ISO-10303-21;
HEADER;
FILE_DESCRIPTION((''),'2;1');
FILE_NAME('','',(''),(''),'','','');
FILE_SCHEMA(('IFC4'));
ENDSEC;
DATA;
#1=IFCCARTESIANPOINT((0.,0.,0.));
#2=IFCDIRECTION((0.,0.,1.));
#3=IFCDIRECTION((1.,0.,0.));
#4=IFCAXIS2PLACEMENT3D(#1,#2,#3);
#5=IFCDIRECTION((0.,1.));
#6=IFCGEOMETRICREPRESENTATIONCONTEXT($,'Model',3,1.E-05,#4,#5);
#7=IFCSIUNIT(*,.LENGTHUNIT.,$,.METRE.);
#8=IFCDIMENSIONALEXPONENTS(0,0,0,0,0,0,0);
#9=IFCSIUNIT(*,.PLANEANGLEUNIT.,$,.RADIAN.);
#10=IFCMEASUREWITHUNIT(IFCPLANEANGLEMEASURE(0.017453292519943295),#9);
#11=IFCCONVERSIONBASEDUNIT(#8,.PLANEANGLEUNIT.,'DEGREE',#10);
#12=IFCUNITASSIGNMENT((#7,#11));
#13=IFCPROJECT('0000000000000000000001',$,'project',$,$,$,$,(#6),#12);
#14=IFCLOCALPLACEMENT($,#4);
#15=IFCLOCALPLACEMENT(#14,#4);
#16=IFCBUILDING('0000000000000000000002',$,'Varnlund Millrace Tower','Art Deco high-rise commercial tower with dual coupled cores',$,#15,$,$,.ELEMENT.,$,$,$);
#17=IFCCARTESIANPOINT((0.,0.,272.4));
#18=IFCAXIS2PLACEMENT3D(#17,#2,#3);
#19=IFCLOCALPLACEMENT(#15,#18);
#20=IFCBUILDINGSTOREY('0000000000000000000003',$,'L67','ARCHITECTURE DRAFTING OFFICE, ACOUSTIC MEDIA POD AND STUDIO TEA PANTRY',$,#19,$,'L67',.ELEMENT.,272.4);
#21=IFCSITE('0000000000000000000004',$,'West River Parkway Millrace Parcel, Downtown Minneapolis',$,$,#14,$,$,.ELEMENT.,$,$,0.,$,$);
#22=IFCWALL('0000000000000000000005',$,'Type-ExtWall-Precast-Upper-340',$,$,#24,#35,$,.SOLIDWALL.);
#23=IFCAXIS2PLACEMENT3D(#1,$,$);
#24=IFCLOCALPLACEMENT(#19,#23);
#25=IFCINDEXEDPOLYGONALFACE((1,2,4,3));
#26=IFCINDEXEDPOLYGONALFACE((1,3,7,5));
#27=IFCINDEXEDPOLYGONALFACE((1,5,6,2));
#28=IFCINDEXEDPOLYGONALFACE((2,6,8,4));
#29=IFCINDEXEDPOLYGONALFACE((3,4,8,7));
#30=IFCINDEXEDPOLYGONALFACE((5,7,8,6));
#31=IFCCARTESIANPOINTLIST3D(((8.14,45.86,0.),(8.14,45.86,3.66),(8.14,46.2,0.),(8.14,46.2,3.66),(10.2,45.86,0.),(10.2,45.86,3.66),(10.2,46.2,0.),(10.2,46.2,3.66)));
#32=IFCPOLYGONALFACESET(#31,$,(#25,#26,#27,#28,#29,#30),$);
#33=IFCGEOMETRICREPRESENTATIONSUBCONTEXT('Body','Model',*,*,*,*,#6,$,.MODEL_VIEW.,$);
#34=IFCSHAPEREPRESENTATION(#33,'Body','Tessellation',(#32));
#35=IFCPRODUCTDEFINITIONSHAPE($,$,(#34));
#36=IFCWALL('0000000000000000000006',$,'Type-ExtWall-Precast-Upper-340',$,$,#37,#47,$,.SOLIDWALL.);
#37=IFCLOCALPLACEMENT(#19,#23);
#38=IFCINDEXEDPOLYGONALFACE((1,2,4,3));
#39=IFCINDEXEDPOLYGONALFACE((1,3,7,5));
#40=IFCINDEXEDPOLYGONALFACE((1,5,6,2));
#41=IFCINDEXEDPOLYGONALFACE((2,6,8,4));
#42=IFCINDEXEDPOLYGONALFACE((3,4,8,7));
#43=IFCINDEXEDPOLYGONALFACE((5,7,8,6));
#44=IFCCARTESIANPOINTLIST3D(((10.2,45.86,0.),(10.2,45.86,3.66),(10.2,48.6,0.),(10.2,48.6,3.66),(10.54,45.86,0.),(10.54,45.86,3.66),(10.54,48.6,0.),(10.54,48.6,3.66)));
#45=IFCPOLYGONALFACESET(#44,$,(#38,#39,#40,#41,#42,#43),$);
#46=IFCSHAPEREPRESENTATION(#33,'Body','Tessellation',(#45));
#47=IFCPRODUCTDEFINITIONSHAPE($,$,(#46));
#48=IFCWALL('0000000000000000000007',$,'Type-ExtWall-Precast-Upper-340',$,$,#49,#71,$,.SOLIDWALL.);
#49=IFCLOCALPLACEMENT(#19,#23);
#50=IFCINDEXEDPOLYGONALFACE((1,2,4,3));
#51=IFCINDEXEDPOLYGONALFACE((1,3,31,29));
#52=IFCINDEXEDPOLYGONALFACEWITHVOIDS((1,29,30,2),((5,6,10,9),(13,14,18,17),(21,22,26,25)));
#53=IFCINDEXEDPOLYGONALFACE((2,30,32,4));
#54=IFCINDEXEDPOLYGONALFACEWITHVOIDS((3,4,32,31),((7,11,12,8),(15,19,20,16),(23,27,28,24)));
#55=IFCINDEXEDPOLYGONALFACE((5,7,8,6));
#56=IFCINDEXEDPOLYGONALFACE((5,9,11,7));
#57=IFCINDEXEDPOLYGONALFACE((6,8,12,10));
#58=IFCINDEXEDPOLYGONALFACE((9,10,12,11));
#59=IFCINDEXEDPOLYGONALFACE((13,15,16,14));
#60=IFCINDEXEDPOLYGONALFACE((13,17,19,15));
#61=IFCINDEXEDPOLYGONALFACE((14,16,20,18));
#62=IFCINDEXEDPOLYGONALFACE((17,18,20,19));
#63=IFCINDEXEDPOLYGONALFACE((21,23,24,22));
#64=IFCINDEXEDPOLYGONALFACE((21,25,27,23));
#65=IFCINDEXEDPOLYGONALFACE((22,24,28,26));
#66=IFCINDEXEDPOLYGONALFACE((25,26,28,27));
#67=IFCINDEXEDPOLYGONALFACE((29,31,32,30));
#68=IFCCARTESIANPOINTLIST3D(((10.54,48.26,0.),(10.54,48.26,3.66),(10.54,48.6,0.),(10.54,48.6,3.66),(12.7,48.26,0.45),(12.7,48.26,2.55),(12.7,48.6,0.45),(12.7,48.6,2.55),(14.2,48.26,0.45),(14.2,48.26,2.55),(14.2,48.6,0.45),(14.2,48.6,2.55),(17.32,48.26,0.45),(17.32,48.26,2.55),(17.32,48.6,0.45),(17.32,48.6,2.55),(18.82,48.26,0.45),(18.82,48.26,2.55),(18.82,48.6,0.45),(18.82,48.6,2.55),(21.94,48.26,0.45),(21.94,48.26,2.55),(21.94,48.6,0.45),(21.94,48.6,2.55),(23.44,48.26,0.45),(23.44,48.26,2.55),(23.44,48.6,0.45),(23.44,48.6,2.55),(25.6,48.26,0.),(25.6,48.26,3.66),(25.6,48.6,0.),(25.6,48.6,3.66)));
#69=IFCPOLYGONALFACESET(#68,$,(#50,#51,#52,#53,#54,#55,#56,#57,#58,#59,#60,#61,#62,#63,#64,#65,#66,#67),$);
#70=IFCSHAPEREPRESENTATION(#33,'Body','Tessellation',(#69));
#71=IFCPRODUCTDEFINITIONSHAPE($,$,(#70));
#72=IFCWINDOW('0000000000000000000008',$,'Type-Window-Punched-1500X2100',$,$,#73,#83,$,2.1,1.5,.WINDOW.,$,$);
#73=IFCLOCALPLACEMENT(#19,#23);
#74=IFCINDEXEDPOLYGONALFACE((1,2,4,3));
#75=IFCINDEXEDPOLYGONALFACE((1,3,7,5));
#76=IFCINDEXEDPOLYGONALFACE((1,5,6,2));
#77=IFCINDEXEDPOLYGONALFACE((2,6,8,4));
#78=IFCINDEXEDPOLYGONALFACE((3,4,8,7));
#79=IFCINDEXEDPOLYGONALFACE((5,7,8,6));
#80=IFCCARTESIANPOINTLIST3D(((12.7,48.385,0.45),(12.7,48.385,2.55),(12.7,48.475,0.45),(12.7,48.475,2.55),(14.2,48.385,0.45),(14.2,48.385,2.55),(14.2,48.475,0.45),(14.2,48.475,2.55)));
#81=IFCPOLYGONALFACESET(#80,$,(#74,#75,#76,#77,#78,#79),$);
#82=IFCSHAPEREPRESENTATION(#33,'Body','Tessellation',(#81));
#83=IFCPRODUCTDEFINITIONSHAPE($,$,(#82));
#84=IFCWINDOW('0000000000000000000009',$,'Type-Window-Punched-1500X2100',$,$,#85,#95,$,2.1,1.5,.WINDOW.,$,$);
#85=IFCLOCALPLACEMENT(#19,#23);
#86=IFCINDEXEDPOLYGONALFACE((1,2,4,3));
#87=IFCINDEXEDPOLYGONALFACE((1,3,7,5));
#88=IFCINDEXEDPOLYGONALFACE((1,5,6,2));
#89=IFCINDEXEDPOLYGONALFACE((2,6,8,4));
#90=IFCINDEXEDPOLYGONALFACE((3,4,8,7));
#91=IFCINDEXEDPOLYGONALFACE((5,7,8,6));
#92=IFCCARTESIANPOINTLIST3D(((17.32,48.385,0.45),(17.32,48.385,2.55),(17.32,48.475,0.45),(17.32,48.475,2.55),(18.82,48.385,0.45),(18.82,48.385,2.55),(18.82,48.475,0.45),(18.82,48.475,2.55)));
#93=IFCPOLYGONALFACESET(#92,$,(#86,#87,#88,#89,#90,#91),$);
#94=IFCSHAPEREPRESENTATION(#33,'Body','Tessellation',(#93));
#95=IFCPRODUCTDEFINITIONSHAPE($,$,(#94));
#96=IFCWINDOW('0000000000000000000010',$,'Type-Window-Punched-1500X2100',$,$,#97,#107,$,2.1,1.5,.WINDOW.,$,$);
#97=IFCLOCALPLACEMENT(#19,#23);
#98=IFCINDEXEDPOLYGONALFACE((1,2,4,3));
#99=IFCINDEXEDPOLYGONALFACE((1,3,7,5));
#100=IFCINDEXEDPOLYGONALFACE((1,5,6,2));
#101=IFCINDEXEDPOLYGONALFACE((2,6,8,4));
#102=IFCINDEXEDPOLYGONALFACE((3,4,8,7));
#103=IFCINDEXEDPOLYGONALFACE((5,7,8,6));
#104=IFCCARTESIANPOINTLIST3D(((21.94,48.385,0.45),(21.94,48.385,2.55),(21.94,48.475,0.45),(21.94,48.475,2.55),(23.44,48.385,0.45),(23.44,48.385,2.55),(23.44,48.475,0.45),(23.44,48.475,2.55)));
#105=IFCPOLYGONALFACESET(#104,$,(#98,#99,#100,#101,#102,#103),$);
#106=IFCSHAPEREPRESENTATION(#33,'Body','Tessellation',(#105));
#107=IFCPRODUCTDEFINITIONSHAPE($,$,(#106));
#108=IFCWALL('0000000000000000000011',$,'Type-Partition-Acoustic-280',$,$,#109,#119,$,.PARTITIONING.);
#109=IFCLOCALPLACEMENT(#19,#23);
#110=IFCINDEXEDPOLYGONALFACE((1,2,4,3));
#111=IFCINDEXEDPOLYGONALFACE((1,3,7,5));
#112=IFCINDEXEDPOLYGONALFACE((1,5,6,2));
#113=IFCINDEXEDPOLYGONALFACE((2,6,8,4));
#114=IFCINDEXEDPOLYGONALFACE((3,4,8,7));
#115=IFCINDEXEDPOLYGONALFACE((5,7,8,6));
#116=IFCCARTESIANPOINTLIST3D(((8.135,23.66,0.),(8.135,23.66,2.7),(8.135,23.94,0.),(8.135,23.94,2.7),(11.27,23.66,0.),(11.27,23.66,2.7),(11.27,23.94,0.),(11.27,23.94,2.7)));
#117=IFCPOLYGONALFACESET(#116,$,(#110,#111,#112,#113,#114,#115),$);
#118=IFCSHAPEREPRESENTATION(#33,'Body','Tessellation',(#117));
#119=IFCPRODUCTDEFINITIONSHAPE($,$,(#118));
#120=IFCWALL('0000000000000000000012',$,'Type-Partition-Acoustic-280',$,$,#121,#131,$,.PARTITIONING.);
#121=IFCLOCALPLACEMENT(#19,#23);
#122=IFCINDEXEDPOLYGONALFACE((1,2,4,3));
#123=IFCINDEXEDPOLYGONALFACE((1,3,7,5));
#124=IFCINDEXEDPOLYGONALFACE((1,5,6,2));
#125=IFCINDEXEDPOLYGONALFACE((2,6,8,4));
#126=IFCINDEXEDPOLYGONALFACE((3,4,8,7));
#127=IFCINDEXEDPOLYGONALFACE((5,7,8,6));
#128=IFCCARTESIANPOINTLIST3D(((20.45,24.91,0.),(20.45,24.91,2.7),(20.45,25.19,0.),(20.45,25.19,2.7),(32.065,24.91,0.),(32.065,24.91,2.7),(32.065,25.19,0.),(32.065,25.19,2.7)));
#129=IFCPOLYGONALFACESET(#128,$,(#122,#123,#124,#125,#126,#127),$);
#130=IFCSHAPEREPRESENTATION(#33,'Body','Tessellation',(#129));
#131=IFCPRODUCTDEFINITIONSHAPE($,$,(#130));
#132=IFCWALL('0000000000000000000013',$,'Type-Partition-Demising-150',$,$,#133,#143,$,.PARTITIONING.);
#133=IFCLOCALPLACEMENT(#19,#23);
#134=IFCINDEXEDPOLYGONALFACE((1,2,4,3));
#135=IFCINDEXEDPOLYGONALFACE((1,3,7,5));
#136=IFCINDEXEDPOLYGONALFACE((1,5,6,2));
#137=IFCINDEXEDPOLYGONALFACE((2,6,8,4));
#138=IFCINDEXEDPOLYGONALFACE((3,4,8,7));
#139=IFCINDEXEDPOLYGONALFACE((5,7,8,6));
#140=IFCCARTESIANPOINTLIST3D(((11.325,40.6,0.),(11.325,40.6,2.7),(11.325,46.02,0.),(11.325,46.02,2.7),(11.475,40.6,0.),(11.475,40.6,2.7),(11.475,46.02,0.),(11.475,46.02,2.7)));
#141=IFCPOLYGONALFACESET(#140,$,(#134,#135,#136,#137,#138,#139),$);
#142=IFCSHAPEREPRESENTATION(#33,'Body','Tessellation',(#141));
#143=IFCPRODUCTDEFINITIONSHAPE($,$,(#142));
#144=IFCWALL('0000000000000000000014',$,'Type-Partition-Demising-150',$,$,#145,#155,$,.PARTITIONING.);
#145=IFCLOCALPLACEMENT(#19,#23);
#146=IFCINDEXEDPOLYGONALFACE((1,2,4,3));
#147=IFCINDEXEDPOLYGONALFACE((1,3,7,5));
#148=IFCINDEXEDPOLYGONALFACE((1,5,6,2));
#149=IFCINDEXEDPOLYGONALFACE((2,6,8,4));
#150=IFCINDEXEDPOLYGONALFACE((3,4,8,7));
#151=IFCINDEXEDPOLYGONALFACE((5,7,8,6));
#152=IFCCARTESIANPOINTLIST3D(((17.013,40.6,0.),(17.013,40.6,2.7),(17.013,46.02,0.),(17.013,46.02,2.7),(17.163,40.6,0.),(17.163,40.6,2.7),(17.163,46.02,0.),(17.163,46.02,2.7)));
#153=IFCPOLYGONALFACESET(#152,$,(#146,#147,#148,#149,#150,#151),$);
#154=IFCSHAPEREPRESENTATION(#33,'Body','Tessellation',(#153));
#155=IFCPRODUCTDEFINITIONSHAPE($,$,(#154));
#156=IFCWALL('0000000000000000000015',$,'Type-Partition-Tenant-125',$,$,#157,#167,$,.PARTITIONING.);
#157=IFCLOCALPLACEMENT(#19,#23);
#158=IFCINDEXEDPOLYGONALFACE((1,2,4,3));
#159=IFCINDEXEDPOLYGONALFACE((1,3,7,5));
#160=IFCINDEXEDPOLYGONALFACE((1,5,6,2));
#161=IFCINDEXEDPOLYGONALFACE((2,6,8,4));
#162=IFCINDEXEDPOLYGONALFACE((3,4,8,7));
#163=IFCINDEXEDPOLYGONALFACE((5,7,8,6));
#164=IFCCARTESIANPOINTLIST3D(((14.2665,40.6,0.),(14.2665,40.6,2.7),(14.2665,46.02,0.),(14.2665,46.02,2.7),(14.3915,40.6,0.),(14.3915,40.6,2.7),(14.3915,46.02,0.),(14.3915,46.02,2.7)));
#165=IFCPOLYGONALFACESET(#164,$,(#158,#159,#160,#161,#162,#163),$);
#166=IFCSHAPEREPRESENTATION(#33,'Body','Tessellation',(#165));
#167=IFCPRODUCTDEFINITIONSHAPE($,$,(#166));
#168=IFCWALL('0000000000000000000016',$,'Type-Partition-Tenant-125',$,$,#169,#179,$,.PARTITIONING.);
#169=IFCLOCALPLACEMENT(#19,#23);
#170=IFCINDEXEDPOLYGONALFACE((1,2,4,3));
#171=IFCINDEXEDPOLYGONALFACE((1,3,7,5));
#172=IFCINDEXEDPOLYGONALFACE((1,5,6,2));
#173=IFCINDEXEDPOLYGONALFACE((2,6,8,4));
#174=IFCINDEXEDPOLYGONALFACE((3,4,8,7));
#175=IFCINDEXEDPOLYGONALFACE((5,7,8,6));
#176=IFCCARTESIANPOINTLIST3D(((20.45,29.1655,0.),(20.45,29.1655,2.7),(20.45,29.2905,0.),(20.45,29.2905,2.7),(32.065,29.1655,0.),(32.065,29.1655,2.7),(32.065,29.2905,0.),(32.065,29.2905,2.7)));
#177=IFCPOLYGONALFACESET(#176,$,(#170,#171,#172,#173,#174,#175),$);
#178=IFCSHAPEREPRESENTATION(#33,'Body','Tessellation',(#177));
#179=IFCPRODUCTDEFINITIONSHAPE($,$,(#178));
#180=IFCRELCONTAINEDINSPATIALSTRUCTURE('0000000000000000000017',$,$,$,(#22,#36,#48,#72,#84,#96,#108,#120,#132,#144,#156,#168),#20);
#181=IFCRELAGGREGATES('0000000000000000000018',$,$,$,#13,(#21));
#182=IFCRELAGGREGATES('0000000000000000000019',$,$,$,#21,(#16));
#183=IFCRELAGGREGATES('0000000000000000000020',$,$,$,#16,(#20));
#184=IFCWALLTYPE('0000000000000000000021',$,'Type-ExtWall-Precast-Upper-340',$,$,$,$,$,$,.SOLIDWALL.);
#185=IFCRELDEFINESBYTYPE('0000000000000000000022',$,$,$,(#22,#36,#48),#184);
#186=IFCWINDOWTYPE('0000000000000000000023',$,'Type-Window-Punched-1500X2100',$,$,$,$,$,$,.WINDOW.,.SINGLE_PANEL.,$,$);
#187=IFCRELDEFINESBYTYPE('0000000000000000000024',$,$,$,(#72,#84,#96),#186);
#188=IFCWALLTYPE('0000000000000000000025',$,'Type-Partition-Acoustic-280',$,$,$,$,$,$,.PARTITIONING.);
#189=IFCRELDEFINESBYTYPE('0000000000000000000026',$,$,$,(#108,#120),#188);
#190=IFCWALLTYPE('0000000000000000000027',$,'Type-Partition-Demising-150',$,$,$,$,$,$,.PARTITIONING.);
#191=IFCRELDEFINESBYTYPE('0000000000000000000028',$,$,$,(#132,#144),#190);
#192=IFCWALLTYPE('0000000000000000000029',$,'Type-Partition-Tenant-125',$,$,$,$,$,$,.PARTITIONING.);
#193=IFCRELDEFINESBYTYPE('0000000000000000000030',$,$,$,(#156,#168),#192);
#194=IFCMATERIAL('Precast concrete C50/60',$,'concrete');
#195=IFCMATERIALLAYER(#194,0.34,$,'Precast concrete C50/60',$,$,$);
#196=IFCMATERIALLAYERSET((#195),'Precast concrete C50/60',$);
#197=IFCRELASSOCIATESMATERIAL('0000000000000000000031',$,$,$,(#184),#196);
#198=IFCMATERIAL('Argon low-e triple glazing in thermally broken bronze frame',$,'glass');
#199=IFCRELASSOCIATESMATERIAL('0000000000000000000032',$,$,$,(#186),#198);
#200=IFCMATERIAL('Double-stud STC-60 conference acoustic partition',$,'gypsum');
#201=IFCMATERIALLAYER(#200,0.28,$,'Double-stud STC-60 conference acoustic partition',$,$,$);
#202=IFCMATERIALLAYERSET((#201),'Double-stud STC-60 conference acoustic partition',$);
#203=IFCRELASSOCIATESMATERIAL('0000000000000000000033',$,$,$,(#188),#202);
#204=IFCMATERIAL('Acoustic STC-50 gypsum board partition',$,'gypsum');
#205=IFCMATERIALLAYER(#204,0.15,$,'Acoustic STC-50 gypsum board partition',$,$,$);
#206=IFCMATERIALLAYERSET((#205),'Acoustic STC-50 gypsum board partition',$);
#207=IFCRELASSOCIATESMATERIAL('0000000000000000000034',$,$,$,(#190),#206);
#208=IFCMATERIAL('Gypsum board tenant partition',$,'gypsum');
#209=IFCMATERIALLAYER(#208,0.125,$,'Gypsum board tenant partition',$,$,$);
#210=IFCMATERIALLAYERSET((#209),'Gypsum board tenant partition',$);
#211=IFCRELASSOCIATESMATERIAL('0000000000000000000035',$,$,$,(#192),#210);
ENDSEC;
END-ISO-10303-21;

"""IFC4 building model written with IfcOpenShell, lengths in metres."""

from ifc_helpers import new_model, entity, si_unit, converted_unit, direction, frame, origin_with_axes, origin_2d_with_axis, place, context, subcontext, project, spatial, polyline, rectangle, outline, extrude, material, layer, layer_set, type_object, element, fill, save


model = new_model("IFC4")

# Units and contexts
model_context = context("Model", 3, precision=1e-05, world=origin_with_axes(), true_north=direction((0.0, 1.0)))
body_context = subcontext(model_context, "Body", "Model", "MODEL_VIEW")
ifc_project = project(units=[si_unit("LENGTHUNIT", "METRE"), converted_unit("PLANEANGLEUNIT", "DEGREE", entity("IfcPlaneAngleMeasure", 0.017453292519943295), si_unit("PLANEANGLEUNIT", "RADIAN"), dimensions=[0, 0, 0, 0, 0, 0, 0])], contexts=[model_context])

# Site, building, storey
site_placement = place(None, origin_with_axes())
site = spatial("IfcSite", under=ifc_project, at=site_placement, Name="West River Parkway Millrace Parcel, Downtown Minneapolis", CompositionType="ELEMENT", RefElevation=0.0)
building_placement = place(site_placement, origin_with_axes())
building = spatial("IfcBuilding", under=site, at=building_placement, Name="Varnlund Millrace Tower", Description="Art Deco high-rise commercial tower with dual coupled cores", CompositionType="ELEMENT")
storey_placement = place(building_placement, frame((0.0, 0.0, 272.4), z_axis=(0.0, 0.0, 1.0), x_axis=(1.0, 0.0, 0.0)))
storey = spatial("IfcBuildingStorey", under=building, at=storey_placement, Name="L67", Description="ARCHITECTURE DRAFTING OFFICE, ACOUSTIC MEDIA POD AND STUDIO TEA PANTRY", LongName="L67", CompositionType="ELEMENT", Elevation=272.4)

# Walls
ifc_material_1 = material(Name="Precast concrete C50/60", Category="concrete")
ifc_layer_1 = layer(ifc_material_1, 0.34, Name="Precast concrete C50/60")
ifc_layer_set_1 = layer_set([ifc_layer_1], Name="Precast concrete C50/60")
wall_type_1 = type_object("IfcWallType", Name="Type-ExtWall-Precast-Upper-340", PredefinedType="SOLIDWALL", material=ifc_layer_set_1)
wall_1_placement = place(storey_placement, frame((8.14, 46.03, 0.0), z_axis=(0.0, 0.0, 1.0), x_axis=(1.0, 0.0, 0.0)))
element("IfcWall", 1, at=wall_1_placement, inside=storey, type_object=wall_type_1, Name="Type-ExtWall-Precast-Upper-340", PredefinedType="SOLIDWALL", context=body_context, shape_type="SweptSolid", body=[
    extrude(outline(polyline([(0.0, -0.17), (2.06, -0.17), (2.06, 0.17), (0.0, 0.17), (0.0, -0.17)])), origin_with_axes(), (0.0, 0.0, 1.0), 3.66),
])
wall_2_placement = place(storey_placement, frame((10.37, 45.86, 0.0), z_axis=(0.0, 0.0, 1.0), x_axis=(0.0, 1.0, 0.0)))
element("IfcWall", 2, at=wall_2_placement, inside=storey, type_object=wall_type_1, Name="Type-ExtWall-Precast-Upper-340", PredefinedType="SOLIDWALL", context=body_context, shape_type="SweptSolid", body=[
    extrude(outline(polyline([(0.0, -0.17), (2.74, -0.17), (2.74, 0.17), (0.0, 0.17), (0.0, -0.17)])), origin_with_axes(), (0.0, 0.0, 1.0), 3.66),
])

# Wall, openings, windows
wall_3_placement = place(storey_placement, frame((10.54, 48.43, 0.0), z_axis=(0.0, 0.0, 1.0), x_axis=(1.0, 0.0, 0.0)))
wall_3 = element("IfcWall", 3, at=wall_3_placement, inside=storey, type_object=wall_type_1, Name="Type-ExtWall-Precast-Upper-340", PredefinedType="SOLIDWALL", context=body_context, shape_type="SweptSolid", body=[
    extrude(outline(polyline([(0.0, -0.17), (15.06, -0.17), (15.06, 0.17), (0.0, 0.17), (0.0, -0.17)])), origin_with_axes(), (0.0, 0.0, 1.0), 3.66),
])
opening_1_placement = place(wall_3_placement, frame((2.91, 0.0, 0.45), z_axis=(0.0, 0.0, 1.0), x_axis=(1.0, 0.0, 0.0)))
opening_1 = element("IfcOpeningElement", 4, at=opening_1_placement, cuts=wall_3, PredefinedType="OPENING", context=body_context, shape_type="SweptSolid", body=[
    extrude(rectangle(XDim=1.5, YDim=0.36, at=origin_2d_with_axis()), origin_with_axes(), (0.0, 0.0, 1.0), 2.1),
])
opening_2_placement = place(wall_3_placement, frame((7.53, 0.0, 0.45), z_axis=(0.0, 0.0, 1.0), x_axis=(1.0, 0.0, 0.0)))
opening_2 = element("IfcOpeningElement", 5, at=opening_2_placement, cuts=wall_3, PredefinedType="OPENING", context=body_context, shape_type="SweptSolid", body=[
    extrude(rectangle(XDim=1.5, YDim=0.36, at=origin_2d_with_axis()), origin_with_axes(), (0.0, 0.0, 1.0), 2.1),
])
opening_3_placement = place(wall_3_placement, frame((12.15, 0.0, 0.45), z_axis=(0.0, 0.0, 1.0), x_axis=(1.0, 0.0, 0.0)))
opening_3 = element("IfcOpeningElement", 6, at=opening_3_placement, cuts=wall_3, PredefinedType="OPENING", context=body_context, shape_type="SweptSolid", body=[
    extrude(rectangle(XDim=1.5, YDim=0.36, at=origin_2d_with_axis()), origin_with_axes(), (0.0, 0.0, 1.0), 2.1),
])
ifc_material_2 = material(Name="Argon low-e triple glazing in thermally broken bronze frame", Category="glass")
window_type = type_object("IfcWindowType", Name="Type-Window-Punched-1500X2100", PartitioningType="SINGLE_PANEL", PredefinedType="WINDOW", material=ifc_material_2)
window_1_placement = place(wall_3_placement, frame((2.91, 0.0, 0.45), z_axis=(0.0, 0.0, 1.0), x_axis=(1.0, 0.0, 0.0)))
window_1 = element("IfcWindow", 7, at=window_1_placement, inside=storey, type_object=window_type, Name="Type-Window-Punched-1500X2100", OverallHeight=2.1, OverallWidth=1.5, PredefinedType="WINDOW", context=body_context, shape_type="SweptSolid", body=[
    extrude(rectangle(XDim=1.5, YDim=0.09, at=origin_2d_with_axis()), origin_with_axes(), (0.0, 0.0, 1.0), 2.1),
])
fill(opening_1, window_1)
window_2_placement = place(wall_3_placement, frame((7.53, 0.0, 0.45), z_axis=(0.0, 0.0, 1.0), x_axis=(1.0, 0.0, 0.0)))
window_2 = element("IfcWindow", 8, at=window_2_placement, inside=storey, type_object=window_type, Name="Type-Window-Punched-1500X2100", OverallHeight=2.1, OverallWidth=1.5, PredefinedType="WINDOW", context=body_context, shape_type="SweptSolid", body=[
    extrude(rectangle(XDim=1.5, YDim=0.09, at=origin_2d_with_axis()), origin_with_axes(), (0.0, 0.0, 1.0), 2.1),
])
fill(opening_2, window_2)
window_3_placement = place(wall_3_placement, frame((12.15, 0.0, 0.45), z_axis=(0.0, 0.0, 1.0), x_axis=(1.0, 0.0, 0.0)))
window_3 = element("IfcWindow", 9, at=window_3_placement, inside=storey, type_object=window_type, Name="Type-Window-Punched-1500X2100", OverallHeight=2.1, OverallWidth=1.5, PredefinedType="WINDOW", context=body_context, shape_type="SweptSolid", body=[
    extrude(rectangle(XDim=1.5, YDim=0.09, at=origin_2d_with_axis()), origin_with_axes(), (0.0, 0.0, 1.0), 2.1),
])
fill(opening_3, window_3)

# Walls
ifc_material_3 = material(Name="Double-stud STC-60 conference acoustic partition", Category="gypsum")
ifc_layer_2 = layer(ifc_material_3, 0.28, Name="Double-stud STC-60 conference acoustic partition")
ifc_layer_set_2 = layer_set([ifc_layer_2], Name="Double-stud STC-60 conference acoustic partition")
wall_type_2 = type_object("IfcWallType", Name="Type-Partition-Acoustic-280", PredefinedType="PARTITIONING", material=ifc_layer_set_2)
wall_4_placement = place(storey_placement, frame((8.135, 23.8, 0.0), z_axis=(0.0, 0.0, 1.0), x_axis=(1.0, 0.0, 0.0)))
element("IfcWall", 10, at=wall_4_placement, inside=storey, type_object=wall_type_2, Name="Type-Partition-Acoustic-280", PredefinedType="PARTITIONING", context=body_context, shape_type="SweptSolid", body=[
    extrude(outline(polyline([(0.0, -0.14), (3.135, -0.14), (3.135, 0.14), (0.0, 0.14), (0.0, -0.14)])), origin_with_axes(), (0.0, 0.0, 1.0), 2.7),
])
wall_5_placement = place(storey_placement, frame((20.45, 25.05, 0.0), z_axis=(0.0, 0.0, 1.0), x_axis=(1.0, 0.0, 0.0)))
element("IfcWall", 11, at=wall_5_placement, inside=storey, type_object=wall_type_2, Name="Type-Partition-Acoustic-280", PredefinedType="PARTITIONING", context=body_context, shape_type="SweptSolid", body=[
    extrude(outline(polyline([(0.0, -0.14), (11.615, -0.14), (11.615, 0.14), (0.0, 0.14), (0.0, -0.14)])), origin_with_axes(), (0.0, 0.0, 1.0), 2.7),
])
ifc_material_4 = material(Name="Acoustic STC-50 gypsum board partition", Category="gypsum")
ifc_layer_3 = layer(ifc_material_4, 0.15, Name="Acoustic STC-50 gypsum board partition")
ifc_layer_set_3 = layer_set([ifc_layer_3], Name="Acoustic STC-50 gypsum board partition")
wall_type_3 = type_object("IfcWallType", Name="Type-Partition-Demising-150", PredefinedType="PARTITIONING", material=ifc_layer_set_3)
for number, where, z_axis, x_axis, name in (
    (12, (11.4, 40.6, 0.0), (0.0, 0.0, 1.0), (0.0, 1.0, 0.0), "Type-Partition-Demising-150"),
    (13, (17.088, 40.6, 0.0), (0.0, 0.0, 1.0), (0.0, 1.0, 0.0), "Type-Partition-Demising-150"),
):
    element("IfcWall", number, at=place(storey_placement, frame(where, z_axis=z_axis, x_axis=x_axis)), inside=storey, type_object=wall_type_3, Name=name, PredefinedType="PARTITIONING", context=body_context, shape_type="SweptSolid", body=[
        extrude(outline(polyline([(0.0, -0.075), (5.42, -0.075), (5.42, 0.075), (0.0, 0.075), (0.0, -0.075)])), origin_with_axes(), (0.0, 0.0, 1.0), 2.7),
    ])
ifc_material_5 = material(Name="Gypsum board tenant partition", Category="gypsum")
ifc_layer_4 = layer(ifc_material_5, 0.125, Name="Gypsum board tenant partition")
ifc_layer_set_4 = layer_set([ifc_layer_4], Name="Gypsum board tenant partition")
wall_type_4 = type_object("IfcWallType", Name="Type-Partition-Tenant-125", PredefinedType="PARTITIONING", material=ifc_layer_set_4)
wall_6_placement = place(storey_placement, frame((14.329, 40.6, 0.0), z_axis=(0.0, 0.0, 1.0), x_axis=(0.0, 1.0, 0.0)))
element("IfcWall", 14, at=wall_6_placement, inside=storey, type_object=wall_type_4, Name="Type-Partition-Tenant-125", PredefinedType="PARTITIONING", context=body_context, shape_type="SweptSolid", body=[
    extrude(outline(polyline([(0.0, -0.0625), (5.42, -0.0625), (5.42, 0.0625), (0.0, 0.0625), (0.0, -0.0625)])), origin_with_axes(), (0.0, 0.0, 1.0), 2.7),
])
wall_7_placement = place(storey_placement, frame((20.45, 29.228, 0.0), z_axis=(0.0, 0.0, 1.0), x_axis=(1.0, 0.0, 0.0)))
element("IfcWall", 15, at=wall_7_placement, inside=storey, type_object=wall_type_4, Name="Type-Partition-Tenant-125", PredefinedType="PARTITIONING", context=body_context, shape_type="SweptSolid", body=[
    extrude(outline(polyline([(0.0, -0.0625), (11.615, -0.0625), (11.615, 0.0625), (0.0, 0.0625), (0.0, -0.0625)])), origin_with_axes(), (0.0, 0.0, 1.0), 2.7),
])

save(model, "model.ifc")
